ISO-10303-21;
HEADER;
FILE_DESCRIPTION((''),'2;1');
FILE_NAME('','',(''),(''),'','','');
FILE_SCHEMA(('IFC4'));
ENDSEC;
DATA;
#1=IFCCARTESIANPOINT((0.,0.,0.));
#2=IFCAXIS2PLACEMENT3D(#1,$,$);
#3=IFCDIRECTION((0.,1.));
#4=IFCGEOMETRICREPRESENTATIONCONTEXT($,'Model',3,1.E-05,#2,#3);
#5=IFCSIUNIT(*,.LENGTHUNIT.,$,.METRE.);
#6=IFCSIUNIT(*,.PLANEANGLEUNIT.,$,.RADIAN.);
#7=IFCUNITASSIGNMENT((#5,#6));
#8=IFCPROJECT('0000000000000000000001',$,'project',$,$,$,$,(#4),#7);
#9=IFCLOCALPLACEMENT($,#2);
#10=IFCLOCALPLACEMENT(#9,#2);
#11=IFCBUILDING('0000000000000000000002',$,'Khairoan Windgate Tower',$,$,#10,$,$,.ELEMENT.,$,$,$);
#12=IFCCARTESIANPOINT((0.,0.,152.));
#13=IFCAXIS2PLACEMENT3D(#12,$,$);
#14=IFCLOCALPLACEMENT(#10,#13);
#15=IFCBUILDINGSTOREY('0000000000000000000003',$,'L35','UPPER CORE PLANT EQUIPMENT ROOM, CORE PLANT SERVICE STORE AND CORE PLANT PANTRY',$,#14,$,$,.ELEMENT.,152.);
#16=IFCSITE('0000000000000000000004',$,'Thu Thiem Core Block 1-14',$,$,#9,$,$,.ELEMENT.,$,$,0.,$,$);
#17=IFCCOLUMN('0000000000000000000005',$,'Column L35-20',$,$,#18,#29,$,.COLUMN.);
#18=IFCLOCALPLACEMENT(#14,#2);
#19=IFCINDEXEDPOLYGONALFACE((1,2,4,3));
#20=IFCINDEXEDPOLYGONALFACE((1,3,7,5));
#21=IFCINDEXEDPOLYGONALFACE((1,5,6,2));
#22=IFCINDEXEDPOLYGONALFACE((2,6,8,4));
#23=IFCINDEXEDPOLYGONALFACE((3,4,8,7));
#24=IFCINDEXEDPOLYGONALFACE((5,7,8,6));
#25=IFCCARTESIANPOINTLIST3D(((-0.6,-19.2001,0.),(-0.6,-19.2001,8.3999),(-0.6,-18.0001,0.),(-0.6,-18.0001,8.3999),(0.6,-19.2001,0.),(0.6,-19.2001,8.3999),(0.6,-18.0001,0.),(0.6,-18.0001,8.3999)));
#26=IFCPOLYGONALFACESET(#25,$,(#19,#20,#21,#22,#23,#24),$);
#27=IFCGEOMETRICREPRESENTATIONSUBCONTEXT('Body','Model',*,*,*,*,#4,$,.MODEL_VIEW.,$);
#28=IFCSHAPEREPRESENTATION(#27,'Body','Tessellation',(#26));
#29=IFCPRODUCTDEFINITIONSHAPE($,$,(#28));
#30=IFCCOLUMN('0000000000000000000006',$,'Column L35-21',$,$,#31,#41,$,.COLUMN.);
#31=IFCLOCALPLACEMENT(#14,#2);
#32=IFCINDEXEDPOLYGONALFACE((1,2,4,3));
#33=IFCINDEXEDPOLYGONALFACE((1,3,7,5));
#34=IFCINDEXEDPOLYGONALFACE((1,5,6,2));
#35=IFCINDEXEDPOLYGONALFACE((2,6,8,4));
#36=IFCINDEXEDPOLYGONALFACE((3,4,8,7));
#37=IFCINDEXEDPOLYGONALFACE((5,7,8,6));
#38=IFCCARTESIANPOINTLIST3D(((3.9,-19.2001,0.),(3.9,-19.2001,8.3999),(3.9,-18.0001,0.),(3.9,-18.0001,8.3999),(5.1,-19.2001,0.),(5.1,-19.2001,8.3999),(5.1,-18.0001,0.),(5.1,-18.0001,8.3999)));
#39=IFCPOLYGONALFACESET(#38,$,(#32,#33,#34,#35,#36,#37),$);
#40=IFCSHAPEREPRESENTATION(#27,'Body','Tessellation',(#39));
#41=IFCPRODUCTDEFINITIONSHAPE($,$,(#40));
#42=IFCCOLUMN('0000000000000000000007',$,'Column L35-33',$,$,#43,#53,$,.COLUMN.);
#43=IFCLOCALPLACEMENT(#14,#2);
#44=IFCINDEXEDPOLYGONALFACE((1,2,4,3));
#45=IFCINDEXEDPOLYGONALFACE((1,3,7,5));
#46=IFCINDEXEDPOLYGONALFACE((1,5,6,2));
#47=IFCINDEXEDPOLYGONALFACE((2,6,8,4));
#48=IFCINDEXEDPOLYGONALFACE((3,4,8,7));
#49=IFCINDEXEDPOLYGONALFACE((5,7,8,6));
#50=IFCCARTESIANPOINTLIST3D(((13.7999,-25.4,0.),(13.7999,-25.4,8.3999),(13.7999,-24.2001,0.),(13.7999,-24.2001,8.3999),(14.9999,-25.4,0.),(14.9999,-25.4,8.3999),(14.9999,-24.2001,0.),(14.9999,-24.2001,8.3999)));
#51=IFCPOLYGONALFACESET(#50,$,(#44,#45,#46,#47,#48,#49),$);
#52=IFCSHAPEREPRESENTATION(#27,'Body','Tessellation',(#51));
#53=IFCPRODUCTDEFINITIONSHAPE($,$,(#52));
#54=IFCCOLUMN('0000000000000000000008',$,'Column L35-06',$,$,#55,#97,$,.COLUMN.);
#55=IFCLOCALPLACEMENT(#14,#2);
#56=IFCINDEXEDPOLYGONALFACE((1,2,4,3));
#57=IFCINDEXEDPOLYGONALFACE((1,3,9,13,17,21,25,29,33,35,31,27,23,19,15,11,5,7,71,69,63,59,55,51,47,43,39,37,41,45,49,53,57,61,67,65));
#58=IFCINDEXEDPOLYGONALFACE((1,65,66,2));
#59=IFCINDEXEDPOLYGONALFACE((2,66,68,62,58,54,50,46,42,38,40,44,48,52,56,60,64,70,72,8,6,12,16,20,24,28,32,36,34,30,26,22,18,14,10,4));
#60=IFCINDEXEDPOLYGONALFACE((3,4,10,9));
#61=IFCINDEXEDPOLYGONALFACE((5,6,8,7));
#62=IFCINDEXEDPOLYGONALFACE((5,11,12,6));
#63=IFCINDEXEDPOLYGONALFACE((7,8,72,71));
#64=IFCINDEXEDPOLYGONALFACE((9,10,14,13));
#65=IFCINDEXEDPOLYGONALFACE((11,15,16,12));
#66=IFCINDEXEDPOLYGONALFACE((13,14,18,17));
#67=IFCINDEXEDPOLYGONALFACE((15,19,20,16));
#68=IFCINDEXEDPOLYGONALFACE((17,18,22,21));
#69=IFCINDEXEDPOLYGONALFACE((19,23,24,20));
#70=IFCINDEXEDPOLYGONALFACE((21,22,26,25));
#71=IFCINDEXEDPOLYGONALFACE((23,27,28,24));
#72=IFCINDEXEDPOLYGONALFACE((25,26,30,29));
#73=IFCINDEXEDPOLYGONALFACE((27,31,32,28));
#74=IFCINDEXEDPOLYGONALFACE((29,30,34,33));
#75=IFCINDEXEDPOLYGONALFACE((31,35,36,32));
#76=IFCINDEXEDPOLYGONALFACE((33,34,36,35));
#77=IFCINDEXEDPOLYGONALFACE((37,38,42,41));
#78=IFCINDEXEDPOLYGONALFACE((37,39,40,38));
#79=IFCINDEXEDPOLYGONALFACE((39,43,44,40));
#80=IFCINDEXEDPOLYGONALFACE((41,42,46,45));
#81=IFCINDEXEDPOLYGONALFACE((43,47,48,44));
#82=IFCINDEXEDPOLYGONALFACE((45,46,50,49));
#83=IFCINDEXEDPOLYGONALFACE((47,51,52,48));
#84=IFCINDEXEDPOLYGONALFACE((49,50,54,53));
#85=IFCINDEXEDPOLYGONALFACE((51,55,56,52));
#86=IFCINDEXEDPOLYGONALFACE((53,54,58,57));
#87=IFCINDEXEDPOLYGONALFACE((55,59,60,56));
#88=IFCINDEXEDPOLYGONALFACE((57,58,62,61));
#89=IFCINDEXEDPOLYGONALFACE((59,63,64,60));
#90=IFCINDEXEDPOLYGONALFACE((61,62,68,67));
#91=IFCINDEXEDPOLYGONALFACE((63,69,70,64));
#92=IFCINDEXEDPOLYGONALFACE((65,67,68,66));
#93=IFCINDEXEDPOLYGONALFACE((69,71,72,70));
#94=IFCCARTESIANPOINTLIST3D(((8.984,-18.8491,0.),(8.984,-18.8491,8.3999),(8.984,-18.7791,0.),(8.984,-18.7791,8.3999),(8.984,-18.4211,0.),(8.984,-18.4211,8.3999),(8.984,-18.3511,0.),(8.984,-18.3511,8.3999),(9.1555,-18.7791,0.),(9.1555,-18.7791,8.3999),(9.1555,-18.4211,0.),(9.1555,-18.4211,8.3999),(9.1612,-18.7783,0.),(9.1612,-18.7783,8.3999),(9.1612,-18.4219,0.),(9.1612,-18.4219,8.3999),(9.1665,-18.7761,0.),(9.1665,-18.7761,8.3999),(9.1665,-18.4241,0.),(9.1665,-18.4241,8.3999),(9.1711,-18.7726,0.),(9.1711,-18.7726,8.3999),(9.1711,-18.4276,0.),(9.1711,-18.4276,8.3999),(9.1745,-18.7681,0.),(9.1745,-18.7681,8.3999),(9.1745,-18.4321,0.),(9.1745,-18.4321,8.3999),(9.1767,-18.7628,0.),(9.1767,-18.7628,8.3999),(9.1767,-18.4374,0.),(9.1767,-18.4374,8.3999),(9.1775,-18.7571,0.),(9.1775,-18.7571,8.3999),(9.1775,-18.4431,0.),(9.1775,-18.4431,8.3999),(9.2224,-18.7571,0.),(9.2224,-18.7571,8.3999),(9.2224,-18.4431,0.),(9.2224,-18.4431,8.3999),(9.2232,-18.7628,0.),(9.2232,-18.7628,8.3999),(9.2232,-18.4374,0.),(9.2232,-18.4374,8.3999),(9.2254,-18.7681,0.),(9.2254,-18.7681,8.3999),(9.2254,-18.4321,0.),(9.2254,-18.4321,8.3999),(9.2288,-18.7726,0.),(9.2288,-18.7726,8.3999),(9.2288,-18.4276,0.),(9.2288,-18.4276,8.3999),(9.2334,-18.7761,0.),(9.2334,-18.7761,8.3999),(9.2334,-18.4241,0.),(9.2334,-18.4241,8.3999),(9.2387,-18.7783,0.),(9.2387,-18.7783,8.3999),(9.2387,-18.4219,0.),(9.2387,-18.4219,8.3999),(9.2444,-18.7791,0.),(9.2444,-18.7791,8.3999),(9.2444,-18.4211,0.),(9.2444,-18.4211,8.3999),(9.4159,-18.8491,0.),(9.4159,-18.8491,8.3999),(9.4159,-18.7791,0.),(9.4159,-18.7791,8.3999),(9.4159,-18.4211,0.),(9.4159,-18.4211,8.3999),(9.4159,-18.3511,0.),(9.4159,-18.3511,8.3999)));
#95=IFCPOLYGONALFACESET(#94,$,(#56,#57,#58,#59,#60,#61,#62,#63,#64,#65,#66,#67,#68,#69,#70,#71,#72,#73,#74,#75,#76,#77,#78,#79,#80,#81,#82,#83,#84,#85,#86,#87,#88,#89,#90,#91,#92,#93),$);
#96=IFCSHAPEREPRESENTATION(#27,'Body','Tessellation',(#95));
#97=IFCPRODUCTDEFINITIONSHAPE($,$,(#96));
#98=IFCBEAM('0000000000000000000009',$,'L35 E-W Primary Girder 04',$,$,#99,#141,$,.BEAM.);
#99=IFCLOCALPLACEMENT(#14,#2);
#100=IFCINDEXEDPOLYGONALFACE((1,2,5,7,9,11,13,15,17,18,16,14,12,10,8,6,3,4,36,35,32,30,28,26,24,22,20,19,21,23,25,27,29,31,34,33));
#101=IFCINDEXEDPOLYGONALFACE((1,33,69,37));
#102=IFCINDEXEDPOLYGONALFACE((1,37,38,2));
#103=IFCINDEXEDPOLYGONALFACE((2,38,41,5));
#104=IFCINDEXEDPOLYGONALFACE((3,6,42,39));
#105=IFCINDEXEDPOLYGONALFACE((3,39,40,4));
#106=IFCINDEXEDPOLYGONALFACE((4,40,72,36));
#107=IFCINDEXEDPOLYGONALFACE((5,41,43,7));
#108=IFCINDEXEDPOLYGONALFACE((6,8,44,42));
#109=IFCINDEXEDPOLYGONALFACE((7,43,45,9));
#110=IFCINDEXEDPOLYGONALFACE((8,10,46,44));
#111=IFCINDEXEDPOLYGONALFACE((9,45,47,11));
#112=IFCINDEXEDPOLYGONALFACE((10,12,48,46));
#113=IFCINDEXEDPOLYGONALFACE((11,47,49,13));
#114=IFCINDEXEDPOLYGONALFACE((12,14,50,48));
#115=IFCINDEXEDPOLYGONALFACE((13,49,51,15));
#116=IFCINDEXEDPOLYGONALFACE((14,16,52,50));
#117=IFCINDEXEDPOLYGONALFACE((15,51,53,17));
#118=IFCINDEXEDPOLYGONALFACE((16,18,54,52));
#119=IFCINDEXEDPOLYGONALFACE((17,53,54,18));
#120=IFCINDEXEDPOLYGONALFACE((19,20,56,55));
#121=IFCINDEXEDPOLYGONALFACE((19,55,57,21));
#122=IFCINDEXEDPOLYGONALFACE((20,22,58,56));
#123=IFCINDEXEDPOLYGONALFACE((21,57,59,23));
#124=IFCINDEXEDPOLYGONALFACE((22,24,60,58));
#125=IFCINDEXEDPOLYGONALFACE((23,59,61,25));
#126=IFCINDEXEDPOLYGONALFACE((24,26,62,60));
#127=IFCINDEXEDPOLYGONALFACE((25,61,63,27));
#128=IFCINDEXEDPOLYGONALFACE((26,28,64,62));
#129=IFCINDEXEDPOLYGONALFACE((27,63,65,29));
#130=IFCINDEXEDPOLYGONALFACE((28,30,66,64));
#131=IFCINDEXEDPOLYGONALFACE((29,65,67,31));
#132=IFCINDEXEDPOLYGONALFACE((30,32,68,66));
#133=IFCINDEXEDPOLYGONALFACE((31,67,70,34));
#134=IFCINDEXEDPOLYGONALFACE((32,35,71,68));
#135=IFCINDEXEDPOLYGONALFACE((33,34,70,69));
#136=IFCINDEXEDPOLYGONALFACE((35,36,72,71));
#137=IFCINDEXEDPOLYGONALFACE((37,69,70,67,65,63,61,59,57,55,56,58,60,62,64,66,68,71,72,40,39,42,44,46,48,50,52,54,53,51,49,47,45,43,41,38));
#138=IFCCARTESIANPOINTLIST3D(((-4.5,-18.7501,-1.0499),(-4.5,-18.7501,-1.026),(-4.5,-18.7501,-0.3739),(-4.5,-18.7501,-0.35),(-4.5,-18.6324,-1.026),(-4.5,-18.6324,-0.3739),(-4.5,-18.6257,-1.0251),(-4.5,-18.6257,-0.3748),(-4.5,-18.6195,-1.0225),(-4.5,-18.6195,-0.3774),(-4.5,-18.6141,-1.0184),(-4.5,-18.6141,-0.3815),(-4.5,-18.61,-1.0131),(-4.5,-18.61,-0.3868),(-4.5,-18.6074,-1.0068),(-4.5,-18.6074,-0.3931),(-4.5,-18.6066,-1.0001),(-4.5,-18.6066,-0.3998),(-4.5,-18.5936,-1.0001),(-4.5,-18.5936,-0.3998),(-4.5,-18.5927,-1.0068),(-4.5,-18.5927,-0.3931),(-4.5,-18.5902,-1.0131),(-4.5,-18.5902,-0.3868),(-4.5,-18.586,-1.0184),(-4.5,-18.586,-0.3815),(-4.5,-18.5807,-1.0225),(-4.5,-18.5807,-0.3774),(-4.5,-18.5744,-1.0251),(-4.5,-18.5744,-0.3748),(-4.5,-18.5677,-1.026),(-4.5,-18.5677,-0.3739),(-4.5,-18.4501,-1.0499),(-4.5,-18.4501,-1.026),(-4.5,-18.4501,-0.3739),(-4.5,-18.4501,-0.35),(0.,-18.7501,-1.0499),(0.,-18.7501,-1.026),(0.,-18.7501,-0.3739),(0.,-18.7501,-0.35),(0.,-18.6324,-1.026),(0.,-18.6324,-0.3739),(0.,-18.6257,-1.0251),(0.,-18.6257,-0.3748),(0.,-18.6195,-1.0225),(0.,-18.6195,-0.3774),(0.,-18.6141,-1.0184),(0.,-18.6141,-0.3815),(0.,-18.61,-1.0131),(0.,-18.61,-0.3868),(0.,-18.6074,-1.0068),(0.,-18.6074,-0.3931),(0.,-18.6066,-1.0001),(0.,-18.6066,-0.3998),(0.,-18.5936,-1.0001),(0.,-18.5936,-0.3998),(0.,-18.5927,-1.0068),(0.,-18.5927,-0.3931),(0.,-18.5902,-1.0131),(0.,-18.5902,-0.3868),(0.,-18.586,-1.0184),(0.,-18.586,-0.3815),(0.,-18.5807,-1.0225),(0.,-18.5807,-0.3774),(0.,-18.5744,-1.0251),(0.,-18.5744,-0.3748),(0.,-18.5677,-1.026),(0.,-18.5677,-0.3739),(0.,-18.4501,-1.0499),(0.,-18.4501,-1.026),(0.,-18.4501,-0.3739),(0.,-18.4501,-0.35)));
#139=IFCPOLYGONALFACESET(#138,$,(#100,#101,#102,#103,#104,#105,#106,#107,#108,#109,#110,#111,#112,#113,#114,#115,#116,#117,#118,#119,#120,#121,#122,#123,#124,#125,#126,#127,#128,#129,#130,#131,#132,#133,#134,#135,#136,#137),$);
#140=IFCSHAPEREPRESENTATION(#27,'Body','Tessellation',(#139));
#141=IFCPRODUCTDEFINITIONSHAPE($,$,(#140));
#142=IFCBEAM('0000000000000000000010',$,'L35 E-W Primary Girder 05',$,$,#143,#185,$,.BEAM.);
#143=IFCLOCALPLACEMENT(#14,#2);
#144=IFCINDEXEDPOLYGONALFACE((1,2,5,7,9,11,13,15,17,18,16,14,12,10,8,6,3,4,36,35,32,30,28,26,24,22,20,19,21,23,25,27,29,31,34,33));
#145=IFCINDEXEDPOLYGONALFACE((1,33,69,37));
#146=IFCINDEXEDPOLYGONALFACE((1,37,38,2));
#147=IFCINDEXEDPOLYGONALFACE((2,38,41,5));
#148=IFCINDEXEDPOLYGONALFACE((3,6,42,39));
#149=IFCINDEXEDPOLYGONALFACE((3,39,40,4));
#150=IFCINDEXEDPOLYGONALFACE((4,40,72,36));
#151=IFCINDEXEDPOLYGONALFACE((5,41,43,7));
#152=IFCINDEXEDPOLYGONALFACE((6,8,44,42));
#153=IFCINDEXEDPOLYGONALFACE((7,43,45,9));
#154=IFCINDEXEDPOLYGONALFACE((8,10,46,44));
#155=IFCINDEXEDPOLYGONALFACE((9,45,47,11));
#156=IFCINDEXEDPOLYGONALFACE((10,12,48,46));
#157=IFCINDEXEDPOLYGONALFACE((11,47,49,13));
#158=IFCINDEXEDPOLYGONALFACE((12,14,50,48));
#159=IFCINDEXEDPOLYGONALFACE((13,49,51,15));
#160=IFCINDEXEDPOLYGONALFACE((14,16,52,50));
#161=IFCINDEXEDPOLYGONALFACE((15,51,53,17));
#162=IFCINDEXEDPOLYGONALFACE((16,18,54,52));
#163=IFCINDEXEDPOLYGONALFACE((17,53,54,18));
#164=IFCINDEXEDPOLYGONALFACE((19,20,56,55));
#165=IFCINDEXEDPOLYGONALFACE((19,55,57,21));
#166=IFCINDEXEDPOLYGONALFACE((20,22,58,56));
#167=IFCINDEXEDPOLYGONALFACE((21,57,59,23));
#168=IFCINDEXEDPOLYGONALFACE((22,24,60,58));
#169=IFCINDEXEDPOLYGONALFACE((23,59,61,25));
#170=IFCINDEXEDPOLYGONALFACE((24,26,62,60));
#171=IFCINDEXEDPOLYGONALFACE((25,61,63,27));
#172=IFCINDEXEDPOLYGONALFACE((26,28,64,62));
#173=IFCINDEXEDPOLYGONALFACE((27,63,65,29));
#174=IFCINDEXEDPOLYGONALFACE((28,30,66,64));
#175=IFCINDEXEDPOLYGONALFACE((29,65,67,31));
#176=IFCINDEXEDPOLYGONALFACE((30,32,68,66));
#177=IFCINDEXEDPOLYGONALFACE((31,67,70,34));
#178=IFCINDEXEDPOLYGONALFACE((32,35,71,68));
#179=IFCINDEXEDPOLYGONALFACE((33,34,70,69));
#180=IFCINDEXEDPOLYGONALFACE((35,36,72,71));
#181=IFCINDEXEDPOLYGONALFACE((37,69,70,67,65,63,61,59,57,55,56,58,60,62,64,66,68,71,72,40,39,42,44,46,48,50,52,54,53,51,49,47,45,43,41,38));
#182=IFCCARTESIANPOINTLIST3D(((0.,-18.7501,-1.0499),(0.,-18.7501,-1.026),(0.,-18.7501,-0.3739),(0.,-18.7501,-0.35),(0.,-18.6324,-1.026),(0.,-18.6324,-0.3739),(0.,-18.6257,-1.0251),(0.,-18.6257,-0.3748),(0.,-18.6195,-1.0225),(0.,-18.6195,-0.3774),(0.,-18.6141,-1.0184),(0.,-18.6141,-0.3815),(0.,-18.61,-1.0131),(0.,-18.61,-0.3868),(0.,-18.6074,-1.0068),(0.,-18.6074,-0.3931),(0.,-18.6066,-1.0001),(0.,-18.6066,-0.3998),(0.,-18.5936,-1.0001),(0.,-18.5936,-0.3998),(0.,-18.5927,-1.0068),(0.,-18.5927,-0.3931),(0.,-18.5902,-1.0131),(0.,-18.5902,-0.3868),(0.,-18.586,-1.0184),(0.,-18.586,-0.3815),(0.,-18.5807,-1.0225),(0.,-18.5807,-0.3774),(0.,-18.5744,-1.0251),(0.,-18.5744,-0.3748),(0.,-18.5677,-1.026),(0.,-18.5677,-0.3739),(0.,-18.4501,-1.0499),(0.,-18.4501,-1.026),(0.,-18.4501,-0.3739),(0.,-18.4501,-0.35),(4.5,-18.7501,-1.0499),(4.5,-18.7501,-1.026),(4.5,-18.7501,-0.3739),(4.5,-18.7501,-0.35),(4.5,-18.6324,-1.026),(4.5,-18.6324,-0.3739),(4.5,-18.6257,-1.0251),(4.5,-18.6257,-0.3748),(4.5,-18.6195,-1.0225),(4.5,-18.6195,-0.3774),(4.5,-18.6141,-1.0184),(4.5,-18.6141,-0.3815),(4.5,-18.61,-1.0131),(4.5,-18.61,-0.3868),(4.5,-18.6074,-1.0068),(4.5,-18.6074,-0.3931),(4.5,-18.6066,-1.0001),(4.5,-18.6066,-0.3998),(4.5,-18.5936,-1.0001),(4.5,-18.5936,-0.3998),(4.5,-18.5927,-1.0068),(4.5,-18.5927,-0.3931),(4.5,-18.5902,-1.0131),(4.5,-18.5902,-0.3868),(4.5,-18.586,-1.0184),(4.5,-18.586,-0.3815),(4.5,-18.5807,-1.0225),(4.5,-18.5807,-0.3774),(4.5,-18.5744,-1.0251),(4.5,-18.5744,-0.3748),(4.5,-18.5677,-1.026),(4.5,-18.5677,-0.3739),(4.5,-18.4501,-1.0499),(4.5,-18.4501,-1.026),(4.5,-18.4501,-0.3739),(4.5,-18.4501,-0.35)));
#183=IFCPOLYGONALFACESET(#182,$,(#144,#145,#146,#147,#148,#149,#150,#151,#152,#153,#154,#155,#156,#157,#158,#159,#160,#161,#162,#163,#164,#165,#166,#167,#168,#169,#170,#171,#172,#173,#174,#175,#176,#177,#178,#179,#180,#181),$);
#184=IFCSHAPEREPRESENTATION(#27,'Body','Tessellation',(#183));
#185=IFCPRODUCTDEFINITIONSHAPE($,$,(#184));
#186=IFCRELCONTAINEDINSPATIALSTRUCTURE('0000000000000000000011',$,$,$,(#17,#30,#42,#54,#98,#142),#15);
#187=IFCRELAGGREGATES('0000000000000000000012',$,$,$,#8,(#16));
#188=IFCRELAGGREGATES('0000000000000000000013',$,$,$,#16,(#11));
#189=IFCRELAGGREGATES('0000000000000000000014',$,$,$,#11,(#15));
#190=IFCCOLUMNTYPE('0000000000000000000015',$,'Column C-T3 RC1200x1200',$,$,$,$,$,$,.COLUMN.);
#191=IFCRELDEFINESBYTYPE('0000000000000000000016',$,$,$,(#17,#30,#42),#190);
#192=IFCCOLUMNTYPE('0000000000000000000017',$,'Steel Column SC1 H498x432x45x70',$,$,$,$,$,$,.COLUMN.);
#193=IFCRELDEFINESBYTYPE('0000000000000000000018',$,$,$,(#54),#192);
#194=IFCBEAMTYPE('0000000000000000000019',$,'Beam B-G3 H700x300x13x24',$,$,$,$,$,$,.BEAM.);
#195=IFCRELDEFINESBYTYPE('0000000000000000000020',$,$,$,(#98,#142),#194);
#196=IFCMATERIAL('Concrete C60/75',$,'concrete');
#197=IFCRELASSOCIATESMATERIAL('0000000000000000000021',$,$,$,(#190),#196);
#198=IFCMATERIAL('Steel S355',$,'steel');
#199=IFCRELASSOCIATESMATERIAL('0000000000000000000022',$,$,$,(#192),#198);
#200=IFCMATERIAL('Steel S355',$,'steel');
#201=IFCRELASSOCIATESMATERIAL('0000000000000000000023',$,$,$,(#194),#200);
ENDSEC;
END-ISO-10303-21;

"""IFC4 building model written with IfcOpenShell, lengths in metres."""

from ifc_helpers import new_model, si_unit, direction, frame, origin, origin_2d, place, context, subcontext, project, spatial, rectangle, i_section, extrude, material, material_profile, profile_set, type_object, element, save


model = new_model("IFC4")

# Units and contexts
model_context = context("Model", 3, precision=1e-05, world=origin(), true_north=direction((0.0, 1.0)))
body_context = subcontext(model_context, "Body", "Model", "MODEL_VIEW")
ifc_project = project(units=[si_unit("LENGTHUNIT", "METRE"), si_unit("PLANEANGLEUNIT", "RADIAN")], contexts=[model_context])

# Site, building, storey
site_placement = place(None, origin())
site = spatial("IfcSite", under=ifc_project, at=site_placement, Name="Thu Thiem Core Block 1-14", CompositionType="ELEMENT", RefElevation=0.0)
building_placement = place(site_placement, origin())
building = spatial("IfcBuilding", under=site, at=building_placement, Name="Khairoan Windgate Tower", CompositionType="ELEMENT")
storey_placement = place(building_placement, frame((0.0, 0.0, 152.0)))
storey = spatial("IfcBuildingStorey", under=building, at=storey_placement, Name="L35", Description="UPPER CORE PLANT EQUIPMENT ROOM, CORE PLANT SERVICE STORE AND CORE PLANT PANTRY", CompositionType="ELEMENT", Elevation=152.0)

# Columns
ifc_material_1 = material(Name="Concrete C60/75", Category="concrete")
ifc_material_profile_1 = material_profile(ifc_material_1, rectangle(XDim=1.2, YDim=1.2, at=origin_2d()))
ifc_profile_set_1 = profile_set([ifc_material_profile_1], Name="Concrete C60/75")
column_type_1 = type_object("IfcColumnType", Name="Column C-T3 RC1200x1200", PredefinedType="COLUMN", material=ifc_profile_set_1)
for number, where, z_axis, x_axis, name in (
    (1, (0.0, -18.6001, 0.0), (0.0, 0.0, 1.0), (1.0, 0.0, 0.0), "Column L35-20"),
    (2, (4.5, -18.6001, 0.0), (0.0, 0.0, 1.0), (1.0, 0.0, 0.0), "Column L35-21"),
    (3, (14.3999, -24.8, 0.0), (0.0, 0.0, 1.0), (1.0, 0.0, 0.0), "Column L35-33"),
):
    element("IfcColumn", number, at=place(storey_placement, frame(where, z_axis=z_axis, x_axis=x_axis)), inside=storey, type_object=column_type_1, Name=name, PredefinedType="COLUMN", context=body_context, shape_type="SweptSolid", body=[
        extrude(rectangle(XDim=1.2, YDim=1.2, at=origin_2d()), origin(), (0.0, 0.0, 1.0), 8.3999),
    ])
ifc_material_2 = material(Name="Steel S355", Category="steel")
ifc_material_profile_2 = material_profile(ifc_material_2, i_section(OverallWidth=0.4319, OverallDepth=0.498, WebThickness=0.0449, FlangeThickness=0.0701, FilletRadius=0.022, at=origin_2d()))
ifc_profile_set_2 = profile_set([ifc_material_profile_2], Name="Steel S355")
column_type_2 = type_object("IfcColumnType", Name="Steel Column SC1 H498x432x45x70", PredefinedType="COLUMN", material=ifc_profile_set_2)
column_placement = place(storey_placement, frame((9.2, -18.6001, 0.0), z_axis=(0.0, 0.0, 1.0), x_axis=(1.0, 0.0, 0.0)))
element("IfcColumn", 4, at=column_placement, inside=storey, type_object=column_type_2, Name="Column L35-06", PredefinedType="COLUMN", context=body_context, shape_type="SweptSolid", body=[
    extrude(i_section(OverallWidth=0.4319, OverallDepth=0.498, WebThickness=0.0449, FlangeThickness=0.0701, FilletRadius=0.022, at=origin_2d()), origin(), (0.0, 0.0, 1.0), 8.3999),
])

# Beams
ifc_material_3 = material(Name="Steel S355", Category="steel")
ifc_material_profile_3 = material_profile(ifc_material_3, i_section(OverallWidth=0.3, OverallDepth=0.7, WebThickness=0.0129, FlangeThickness=0.0239, FilletRadius=0.0259, at=origin_2d()))
ifc_profile_set_3 = profile_set([ifc_material_profile_3], Name="Steel S355")
beam_type = type_object("IfcBeamType", Name="Beam B-G3 H700x300x13x24", PredefinedType="BEAM", material=ifc_profile_set_3)
for number, where, z_axis, x_axis, name in (
    (5, (-4.5, -18.6001, -0.7), (1.0, 0.0, 0.0), (0.0, 1.0, 0.0), "L35 E-W Primary Girder 04"),
    (6, (0.0, -18.6001, -0.7), (1.0, 0.0, 0.0), (0.0, 1.0, 0.0), "L35 E-W Primary Girder 05"),
):
    element("IfcBeam", number, at=place(storey_placement, frame(where, z_axis=z_axis, x_axis=x_axis)), inside=storey, type_object=beam_type, Name=name, PredefinedType="BEAM", context=body_context, shape_type="SweptSolid", body=[
        extrude(i_section(OverallWidth=0.3, OverallDepth=0.7, WebThickness=0.0129, FlangeThickness=0.0239, FilletRadius=0.0259, at=origin_2d()), origin(), (0.0, 0.0, 1.0), 4.5),
    ])

save(model, "model.ifc")
